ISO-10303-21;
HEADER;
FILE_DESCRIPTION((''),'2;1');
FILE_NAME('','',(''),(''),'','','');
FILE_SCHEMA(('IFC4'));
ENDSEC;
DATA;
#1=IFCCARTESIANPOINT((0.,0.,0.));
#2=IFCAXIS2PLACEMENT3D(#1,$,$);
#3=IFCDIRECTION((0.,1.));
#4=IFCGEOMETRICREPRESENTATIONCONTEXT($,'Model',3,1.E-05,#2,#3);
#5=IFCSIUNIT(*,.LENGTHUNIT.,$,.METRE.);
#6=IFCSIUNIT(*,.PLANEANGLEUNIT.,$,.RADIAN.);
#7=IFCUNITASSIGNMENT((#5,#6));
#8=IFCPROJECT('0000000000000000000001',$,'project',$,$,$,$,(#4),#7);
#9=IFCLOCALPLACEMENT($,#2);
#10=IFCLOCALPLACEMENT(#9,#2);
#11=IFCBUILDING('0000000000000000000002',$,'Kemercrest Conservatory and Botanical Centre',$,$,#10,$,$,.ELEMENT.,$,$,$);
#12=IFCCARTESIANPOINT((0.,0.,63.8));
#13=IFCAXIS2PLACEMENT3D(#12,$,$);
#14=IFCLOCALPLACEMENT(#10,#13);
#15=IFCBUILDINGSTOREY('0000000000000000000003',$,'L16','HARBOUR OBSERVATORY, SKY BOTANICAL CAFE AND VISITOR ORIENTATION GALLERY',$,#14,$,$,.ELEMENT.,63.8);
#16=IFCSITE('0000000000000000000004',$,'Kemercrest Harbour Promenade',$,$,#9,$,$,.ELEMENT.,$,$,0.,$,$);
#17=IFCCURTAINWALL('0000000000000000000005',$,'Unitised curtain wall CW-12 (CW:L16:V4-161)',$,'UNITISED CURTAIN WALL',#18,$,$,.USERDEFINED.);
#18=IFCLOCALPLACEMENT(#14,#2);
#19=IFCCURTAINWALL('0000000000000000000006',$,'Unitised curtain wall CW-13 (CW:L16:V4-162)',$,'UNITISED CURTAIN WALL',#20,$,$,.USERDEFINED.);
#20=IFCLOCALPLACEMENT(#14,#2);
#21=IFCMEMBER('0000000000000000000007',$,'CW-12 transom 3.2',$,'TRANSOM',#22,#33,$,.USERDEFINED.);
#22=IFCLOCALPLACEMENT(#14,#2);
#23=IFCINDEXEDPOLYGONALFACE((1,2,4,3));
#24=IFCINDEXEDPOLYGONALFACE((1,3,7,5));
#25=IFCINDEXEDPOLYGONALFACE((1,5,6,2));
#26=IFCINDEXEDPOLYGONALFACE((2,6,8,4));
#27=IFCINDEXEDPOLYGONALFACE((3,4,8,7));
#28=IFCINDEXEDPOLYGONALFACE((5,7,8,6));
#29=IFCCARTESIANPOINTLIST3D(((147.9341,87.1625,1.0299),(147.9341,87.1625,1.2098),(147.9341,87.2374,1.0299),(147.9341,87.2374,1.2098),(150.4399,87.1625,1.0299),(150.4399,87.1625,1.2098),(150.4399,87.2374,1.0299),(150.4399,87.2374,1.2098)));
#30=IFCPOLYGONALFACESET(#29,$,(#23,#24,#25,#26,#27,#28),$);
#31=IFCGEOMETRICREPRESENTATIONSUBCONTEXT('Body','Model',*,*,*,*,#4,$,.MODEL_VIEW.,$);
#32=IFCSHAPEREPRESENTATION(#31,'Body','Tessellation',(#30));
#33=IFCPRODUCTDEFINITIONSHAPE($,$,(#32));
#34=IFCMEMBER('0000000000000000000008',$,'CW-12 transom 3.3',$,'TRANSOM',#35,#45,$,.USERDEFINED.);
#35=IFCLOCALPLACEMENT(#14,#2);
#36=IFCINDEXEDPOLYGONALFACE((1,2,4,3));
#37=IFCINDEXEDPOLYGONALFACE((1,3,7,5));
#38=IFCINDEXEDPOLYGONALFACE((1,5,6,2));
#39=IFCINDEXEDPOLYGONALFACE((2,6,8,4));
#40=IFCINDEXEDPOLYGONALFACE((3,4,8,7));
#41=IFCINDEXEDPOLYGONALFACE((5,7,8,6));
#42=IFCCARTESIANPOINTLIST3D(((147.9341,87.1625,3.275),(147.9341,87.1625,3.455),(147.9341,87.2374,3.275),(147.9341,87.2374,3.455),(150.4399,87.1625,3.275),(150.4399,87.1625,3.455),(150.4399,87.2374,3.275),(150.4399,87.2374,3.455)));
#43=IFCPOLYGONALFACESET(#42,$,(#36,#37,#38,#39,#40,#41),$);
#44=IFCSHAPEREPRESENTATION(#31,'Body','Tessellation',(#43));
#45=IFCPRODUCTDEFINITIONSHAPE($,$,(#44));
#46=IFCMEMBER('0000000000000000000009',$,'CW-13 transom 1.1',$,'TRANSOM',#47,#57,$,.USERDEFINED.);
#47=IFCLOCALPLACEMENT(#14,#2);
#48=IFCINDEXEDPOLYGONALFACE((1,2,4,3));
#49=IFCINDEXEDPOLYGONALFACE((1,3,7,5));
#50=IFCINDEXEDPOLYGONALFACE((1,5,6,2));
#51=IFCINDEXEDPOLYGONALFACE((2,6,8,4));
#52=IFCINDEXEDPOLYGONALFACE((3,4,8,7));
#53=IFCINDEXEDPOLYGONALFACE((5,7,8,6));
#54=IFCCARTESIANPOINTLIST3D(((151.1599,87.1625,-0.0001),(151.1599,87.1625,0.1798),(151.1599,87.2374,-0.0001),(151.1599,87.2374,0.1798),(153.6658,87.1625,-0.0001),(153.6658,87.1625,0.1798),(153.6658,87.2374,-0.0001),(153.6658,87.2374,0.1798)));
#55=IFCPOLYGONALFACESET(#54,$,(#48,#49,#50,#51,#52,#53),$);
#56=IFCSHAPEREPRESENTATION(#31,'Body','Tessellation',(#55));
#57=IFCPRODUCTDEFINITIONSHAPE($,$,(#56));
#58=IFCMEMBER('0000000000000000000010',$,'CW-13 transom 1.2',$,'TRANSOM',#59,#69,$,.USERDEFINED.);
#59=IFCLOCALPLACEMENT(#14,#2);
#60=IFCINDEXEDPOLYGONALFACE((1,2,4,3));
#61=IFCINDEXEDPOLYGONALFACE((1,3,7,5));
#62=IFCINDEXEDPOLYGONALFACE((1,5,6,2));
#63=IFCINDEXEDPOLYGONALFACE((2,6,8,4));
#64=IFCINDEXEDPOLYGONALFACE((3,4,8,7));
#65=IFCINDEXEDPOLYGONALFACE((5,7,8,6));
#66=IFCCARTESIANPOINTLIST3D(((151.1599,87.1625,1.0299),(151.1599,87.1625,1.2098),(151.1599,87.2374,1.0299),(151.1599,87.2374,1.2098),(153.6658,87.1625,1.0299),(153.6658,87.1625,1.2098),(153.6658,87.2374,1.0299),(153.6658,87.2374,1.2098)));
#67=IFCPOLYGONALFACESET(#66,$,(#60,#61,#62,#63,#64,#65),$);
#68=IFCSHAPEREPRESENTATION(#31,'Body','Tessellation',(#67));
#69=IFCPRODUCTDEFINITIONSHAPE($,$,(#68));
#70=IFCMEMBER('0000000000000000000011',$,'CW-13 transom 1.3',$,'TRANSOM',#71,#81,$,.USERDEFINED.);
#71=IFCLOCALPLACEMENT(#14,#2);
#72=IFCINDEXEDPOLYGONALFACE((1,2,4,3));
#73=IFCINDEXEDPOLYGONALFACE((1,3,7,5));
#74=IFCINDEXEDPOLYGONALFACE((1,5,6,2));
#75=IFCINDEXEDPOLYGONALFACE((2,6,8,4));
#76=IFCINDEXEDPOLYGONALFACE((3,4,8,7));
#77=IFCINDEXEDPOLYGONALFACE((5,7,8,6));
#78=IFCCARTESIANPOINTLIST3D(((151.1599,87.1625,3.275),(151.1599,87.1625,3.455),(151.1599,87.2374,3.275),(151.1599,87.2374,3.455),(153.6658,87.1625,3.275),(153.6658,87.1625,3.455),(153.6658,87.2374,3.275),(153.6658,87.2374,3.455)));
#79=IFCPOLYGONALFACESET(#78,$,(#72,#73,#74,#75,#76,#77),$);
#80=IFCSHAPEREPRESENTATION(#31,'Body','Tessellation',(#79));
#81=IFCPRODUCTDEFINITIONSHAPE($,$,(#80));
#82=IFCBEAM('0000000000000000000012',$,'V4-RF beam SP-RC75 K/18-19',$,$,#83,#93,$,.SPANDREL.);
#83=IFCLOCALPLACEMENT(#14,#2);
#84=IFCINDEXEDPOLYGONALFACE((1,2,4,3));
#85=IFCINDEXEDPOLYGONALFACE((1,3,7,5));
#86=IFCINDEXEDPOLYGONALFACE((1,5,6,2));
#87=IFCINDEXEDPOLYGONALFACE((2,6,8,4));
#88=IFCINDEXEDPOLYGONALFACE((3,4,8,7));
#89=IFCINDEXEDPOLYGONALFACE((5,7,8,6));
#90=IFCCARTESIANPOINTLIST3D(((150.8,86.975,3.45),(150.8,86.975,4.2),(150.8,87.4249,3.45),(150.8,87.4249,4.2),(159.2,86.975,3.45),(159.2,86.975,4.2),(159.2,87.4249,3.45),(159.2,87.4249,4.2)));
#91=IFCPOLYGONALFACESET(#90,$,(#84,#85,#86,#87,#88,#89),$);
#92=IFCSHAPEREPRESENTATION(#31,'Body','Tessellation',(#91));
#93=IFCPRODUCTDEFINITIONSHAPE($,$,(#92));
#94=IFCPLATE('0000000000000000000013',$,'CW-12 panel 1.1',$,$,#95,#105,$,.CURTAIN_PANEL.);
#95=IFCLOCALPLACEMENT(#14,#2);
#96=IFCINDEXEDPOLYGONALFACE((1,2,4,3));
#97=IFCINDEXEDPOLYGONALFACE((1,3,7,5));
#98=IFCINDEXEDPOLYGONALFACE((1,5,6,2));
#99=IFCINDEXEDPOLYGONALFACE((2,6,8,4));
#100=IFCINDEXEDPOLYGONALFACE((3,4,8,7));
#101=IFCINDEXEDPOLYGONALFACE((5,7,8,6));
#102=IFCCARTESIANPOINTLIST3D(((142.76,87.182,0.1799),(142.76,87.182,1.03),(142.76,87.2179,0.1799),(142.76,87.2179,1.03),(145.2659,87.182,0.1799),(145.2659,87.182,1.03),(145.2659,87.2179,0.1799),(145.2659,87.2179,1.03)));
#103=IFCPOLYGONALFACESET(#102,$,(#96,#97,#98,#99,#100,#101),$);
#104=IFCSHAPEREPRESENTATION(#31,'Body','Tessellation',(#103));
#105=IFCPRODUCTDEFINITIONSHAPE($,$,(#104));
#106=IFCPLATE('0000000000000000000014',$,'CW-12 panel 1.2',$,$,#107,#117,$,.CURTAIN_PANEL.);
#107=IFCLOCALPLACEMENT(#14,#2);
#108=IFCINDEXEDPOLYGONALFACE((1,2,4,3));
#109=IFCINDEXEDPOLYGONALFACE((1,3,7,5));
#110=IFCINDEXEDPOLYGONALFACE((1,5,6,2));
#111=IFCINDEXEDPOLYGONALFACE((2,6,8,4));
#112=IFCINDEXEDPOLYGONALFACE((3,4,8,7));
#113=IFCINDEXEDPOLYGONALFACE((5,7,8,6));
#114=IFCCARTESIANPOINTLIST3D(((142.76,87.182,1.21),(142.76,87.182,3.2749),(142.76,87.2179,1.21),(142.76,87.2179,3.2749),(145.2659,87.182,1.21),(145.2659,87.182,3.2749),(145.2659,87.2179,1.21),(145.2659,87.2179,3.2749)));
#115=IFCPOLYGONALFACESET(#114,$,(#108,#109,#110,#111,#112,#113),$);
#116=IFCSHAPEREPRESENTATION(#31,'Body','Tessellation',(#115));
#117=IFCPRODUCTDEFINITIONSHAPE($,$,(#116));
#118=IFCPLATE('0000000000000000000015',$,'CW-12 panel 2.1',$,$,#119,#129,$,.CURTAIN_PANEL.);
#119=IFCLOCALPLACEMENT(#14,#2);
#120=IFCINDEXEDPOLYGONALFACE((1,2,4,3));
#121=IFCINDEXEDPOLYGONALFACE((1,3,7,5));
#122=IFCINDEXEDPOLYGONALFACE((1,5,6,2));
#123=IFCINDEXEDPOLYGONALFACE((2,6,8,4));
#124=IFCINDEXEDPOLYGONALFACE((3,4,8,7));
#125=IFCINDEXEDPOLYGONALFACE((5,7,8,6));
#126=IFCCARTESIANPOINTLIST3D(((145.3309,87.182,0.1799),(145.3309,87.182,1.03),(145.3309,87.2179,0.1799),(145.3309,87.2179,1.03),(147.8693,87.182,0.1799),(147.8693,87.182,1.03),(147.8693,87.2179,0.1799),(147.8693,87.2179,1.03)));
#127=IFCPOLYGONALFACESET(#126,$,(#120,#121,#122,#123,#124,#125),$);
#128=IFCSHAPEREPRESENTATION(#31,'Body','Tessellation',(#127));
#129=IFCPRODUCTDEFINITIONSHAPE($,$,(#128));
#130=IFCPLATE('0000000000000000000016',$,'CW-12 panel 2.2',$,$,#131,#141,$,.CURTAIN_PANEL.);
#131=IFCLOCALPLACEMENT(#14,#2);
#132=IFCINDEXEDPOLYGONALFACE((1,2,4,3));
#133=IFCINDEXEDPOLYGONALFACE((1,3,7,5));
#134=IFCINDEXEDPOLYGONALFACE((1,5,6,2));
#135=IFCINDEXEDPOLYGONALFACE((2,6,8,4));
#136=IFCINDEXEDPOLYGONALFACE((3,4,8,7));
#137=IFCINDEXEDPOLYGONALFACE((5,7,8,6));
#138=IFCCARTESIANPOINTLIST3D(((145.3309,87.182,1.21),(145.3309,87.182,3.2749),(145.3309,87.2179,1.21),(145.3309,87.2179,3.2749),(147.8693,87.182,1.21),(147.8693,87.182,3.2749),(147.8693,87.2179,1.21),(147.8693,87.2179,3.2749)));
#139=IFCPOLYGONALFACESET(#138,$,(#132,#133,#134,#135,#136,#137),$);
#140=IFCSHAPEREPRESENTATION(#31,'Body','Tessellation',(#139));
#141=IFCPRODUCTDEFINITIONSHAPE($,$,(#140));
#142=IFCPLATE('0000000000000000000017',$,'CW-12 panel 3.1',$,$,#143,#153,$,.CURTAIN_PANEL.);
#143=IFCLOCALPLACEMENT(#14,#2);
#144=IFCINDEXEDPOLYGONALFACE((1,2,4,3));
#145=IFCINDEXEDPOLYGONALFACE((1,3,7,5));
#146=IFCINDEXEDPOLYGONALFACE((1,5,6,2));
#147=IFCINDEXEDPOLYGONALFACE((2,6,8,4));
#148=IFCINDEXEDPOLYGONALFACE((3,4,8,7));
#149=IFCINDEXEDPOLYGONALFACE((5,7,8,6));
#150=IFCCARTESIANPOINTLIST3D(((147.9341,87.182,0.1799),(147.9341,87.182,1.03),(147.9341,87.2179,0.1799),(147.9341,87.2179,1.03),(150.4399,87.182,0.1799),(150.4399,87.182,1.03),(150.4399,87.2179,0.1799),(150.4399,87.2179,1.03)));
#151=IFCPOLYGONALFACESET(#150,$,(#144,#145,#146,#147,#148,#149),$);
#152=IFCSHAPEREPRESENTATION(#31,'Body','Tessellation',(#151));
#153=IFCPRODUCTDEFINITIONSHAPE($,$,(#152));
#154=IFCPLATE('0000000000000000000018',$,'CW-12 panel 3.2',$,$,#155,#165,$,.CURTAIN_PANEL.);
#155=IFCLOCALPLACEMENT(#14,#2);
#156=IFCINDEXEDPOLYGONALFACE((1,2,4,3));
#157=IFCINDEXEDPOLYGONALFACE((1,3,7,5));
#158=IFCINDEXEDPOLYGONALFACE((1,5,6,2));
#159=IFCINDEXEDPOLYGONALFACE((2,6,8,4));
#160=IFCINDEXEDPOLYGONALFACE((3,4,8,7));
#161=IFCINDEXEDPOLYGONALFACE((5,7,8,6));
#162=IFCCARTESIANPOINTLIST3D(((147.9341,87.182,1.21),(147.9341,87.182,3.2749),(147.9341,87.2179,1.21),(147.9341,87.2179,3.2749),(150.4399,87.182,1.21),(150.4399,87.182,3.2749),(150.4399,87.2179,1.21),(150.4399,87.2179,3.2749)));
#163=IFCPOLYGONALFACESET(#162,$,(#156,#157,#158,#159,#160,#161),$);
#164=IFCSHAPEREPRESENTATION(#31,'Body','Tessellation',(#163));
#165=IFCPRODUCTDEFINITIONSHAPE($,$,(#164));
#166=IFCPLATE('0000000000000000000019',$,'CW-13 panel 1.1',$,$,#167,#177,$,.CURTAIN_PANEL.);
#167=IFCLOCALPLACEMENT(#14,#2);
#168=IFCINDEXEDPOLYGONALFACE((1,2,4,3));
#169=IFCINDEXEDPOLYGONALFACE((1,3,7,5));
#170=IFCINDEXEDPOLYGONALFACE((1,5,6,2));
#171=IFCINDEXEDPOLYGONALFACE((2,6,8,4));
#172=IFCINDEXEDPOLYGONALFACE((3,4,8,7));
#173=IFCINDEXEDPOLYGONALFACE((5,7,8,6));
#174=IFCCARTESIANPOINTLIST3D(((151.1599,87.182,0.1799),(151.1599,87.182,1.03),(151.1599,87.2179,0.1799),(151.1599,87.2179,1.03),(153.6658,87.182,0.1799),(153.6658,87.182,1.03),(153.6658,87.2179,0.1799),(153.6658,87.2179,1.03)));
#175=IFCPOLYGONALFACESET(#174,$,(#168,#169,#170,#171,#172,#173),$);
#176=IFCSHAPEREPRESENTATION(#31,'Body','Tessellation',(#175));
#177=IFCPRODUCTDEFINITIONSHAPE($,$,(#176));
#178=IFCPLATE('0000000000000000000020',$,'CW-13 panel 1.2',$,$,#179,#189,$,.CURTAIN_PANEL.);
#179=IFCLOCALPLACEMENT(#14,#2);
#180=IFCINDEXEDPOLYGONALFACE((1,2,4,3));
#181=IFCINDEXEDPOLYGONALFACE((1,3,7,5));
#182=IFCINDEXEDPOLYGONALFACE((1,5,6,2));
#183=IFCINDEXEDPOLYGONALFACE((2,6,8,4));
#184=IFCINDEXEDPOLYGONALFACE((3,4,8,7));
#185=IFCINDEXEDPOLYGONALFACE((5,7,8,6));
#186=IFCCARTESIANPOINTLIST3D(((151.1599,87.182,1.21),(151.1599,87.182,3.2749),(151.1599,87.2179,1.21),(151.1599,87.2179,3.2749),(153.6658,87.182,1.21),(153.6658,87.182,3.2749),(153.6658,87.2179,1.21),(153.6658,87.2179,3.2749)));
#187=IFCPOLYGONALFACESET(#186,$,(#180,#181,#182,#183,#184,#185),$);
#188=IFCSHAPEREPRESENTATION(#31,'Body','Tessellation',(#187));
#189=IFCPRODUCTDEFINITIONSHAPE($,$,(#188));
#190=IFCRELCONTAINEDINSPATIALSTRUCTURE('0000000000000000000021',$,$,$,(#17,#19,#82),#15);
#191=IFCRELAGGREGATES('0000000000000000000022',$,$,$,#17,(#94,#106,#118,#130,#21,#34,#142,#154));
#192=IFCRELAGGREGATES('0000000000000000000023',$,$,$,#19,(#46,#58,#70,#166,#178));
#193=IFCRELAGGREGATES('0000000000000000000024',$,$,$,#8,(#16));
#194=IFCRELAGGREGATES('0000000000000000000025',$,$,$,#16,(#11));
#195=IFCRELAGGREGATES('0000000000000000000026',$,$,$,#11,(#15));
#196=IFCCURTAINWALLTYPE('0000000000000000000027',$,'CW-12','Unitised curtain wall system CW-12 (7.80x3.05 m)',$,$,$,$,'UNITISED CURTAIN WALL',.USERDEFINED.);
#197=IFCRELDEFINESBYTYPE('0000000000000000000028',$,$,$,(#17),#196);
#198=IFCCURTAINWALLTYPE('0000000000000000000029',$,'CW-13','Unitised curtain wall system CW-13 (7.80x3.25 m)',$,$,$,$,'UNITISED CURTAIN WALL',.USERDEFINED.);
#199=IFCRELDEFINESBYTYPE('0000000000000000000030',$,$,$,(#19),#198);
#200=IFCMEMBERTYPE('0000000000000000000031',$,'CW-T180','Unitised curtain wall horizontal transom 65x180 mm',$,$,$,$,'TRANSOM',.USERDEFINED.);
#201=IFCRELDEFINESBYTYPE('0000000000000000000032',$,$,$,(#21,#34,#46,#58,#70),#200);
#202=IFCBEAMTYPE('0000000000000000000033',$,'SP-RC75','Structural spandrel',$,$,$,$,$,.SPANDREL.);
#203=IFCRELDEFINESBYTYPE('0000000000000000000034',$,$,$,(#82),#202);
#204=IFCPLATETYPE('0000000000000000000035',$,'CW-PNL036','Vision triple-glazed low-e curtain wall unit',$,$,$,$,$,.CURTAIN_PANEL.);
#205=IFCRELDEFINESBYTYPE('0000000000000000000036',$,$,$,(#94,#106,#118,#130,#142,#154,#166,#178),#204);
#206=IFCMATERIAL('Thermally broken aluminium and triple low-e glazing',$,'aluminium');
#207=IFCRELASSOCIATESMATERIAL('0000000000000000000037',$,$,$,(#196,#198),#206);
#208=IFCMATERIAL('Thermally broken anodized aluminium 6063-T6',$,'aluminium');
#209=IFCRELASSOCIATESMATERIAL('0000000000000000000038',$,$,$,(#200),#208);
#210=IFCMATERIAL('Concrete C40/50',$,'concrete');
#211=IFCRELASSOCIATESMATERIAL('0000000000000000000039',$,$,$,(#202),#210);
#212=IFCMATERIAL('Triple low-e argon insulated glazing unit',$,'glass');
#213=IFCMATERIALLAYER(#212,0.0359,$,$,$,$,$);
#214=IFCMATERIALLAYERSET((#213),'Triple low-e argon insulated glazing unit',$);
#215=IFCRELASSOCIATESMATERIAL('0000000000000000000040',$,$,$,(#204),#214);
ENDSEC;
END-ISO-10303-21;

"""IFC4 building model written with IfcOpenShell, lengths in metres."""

from ifc_helpers import new_model, si_unit, direction, frame, origin, origin_2d, place, context, subcontext, project, spatial, rectangle, extrude, material, layer, layer_set, material_profile, profile_set, type_object, element, aggregate, save


model = new_model("IFC4")

# Units and contexts
model_context = context("Model", 3, precision=1e-05, world=origin(), true_north=direction((0.0, 1.0)))
body_context = subcontext(model_context, "Body", "Model", "MODEL_VIEW")
ifc_project = project(units=[si_unit("LENGTHUNIT", "METRE"), si_unit("PLANEANGLEUNIT", "RADIAN")], contexts=[model_context])

# Site, building, storey
site_placement = place(None, origin())
site = spatial("IfcSite", under=ifc_project, at=site_placement, Name="Kemercrest Harbour Promenade", CompositionType="ELEMENT", RefElevation=0.0)
building_placement = place(site_placement, origin())
building = spatial("IfcBuilding", under=site, at=building_placement, Name="Kemercrest Conservatory and Botanical Centre", CompositionType="ELEMENT")
storey_placement = place(building_placement, frame((0.0, 0.0, 63.8)))
storey = spatial("IfcBuildingStorey", under=building, at=storey_placement, Name="L16", Description="HARBOUR OBSERVATORY, SKY BOTANICAL CAFE AND VISITOR ORIENTATION GALLERY", CompositionType="ELEMENT", Elevation=63.8)

# Shared definitions
ifc_material_1 = material(Name="Concrete C40/50", Category="concrete")

# Curtain wall
ifc_material_2 = material(Name="Thermally broken aluminium and triple low-e glazing", Category="aluminium")
curtain_wall_type_1 = type_object("IfcCurtainWallType", Name="CW-12", Description="Unitised curtain wall system CW-12 (7.80x3.05 m)", ElementType="UNITISED CURTAIN WALL", PredefinedType="USERDEFINED", material=ifc_material_2)
curtain_wall_1_placement = place(storey_placement, origin())
curtain_wall_1 = element("IfcCurtainWall", 1, at=curtain_wall_1_placement, inside=storey, type_object=curtain_wall_type_1, Name="Unitised curtain wall CW-12 (CW:L16:V4-161)", ObjectType="UNITISED CURTAIN WALL", PredefinedType="USERDEFINED")
ifc_material_3 = material(Name="Thermally broken anodized aluminium 6063-T6", Category="aluminium")

# Curtain wall
curtain_wall_type_2 = type_object("IfcCurtainWallType", Name="CW-13", Description="Unitised curtain wall system CW-13 (7.80x3.25 m)", ElementType="UNITISED CURTAIN WALL", PredefinedType="USERDEFINED", material=ifc_material_2)
curtain_wall_2_placement = place(storey_placement, origin())
curtain_wall_2 = element("IfcCurtainWall", 2, at=curtain_wall_2_placement, inside=storey, type_object=curtain_wall_type_2, Name="Unitised curtain wall CW-13 (CW:L16:V4-162)", ObjectType="UNITISED CURTAIN WALL", PredefinedType="USERDEFINED")

# Members
ifc_material_profile_1 = material_profile(ifc_material_3, rectangle(XDim=0.075, YDim=0.1799, at=origin_2d()), Name="AL TRANSOM 75x180")
ifc_profile_set_1 = profile_set([ifc_material_profile_1], Name="Thermally broken anodized aluminium 6063-T6")
member_type_1 = type_object("IfcMemberType", Name="CW-T180", Description="Unitised curtain wall horizontal transom 65x180 mm", ElementType="TRANSOM", PredefinedType="USERDEFINED", material=ifc_profile_set_1)
member_1_placement = place(storey_placement, frame((147.9341, 87.2, 1.1199), z_axis=(1.0, 0.0, 0.0), x_axis=(0.0, 1.0, 0.0)))
member_1 = element("IfcMember", 3, at=member_1_placement, type_object=member_type_1, Name="CW-12 transom 3.2", ObjectType="TRANSOM", PredefinedType="USERDEFINED", context=body_context, shape_type="SweptSolid", body=[
    extrude(rectangle(XDim=0.075, YDim=0.1799, at=origin_2d()), origin(), (0.0, 0.0, 1.0), 2.5059),
])
member_2_placement = place(storey_placement, frame((147.9341, 87.2, 3.365), z_axis=(1.0, 0.0, 0.0), x_axis=(0.0, 1.0, 0.0)))
member_2 = element("IfcMember", 4, at=member_2_placement, type_object=member_type_1, Name="CW-12 transom 3.3", ObjectType="TRANSOM", PredefinedType="USERDEFINED", context=body_context, shape_type="SweptSolid", body=[
    extrude(rectangle(XDim=0.075, YDim=0.1799, at=origin_2d()), origin(), (0.0, 0.0, 1.0), 2.5059),
])
member_3_placement = place(storey_placement, frame((151.1599, 87.2, 0.0898), z_axis=(1.0, 0.0, 0.0), x_axis=(0.0, 1.0, 0.0)))
member_3 = element("IfcMember", 5, at=member_3_placement, type_object=member_type_1, Name="CW-13 transom 1.1", ObjectType="TRANSOM", PredefinedType="USERDEFINED", context=body_context, shape_type="SweptSolid", body=[
    extrude(rectangle(XDim=0.075, YDim=0.1799, at=origin_2d()), origin(), (0.0, 0.0, 1.0), 2.5059),
])
member_4_placement = place(storey_placement, frame((151.1599, 87.2, 1.1199), z_axis=(1.0, 0.0, 0.0), x_axis=(0.0, 1.0, 0.0)))
member_4 = element("IfcMember", 6, at=member_4_placement, type_object=member_type_1, Name="CW-13 transom 1.2", ObjectType="TRANSOM", PredefinedType="USERDEFINED", context=body_context, shape_type="SweptSolid", body=[
    extrude(rectangle(XDim=0.075, YDim=0.1799, at=origin_2d()), origin(), (0.0, 0.0, 1.0), 2.5059),
])
member_5_placement = place(storey_placement, frame((151.1599, 87.2, 3.365), z_axis=(1.0, 0.0, 0.0), x_axis=(0.0, 1.0, 0.0)))
member_5 = element("IfcMember", 7, at=member_5_placement, type_object=member_type_1, Name="CW-13 transom 1.3", ObjectType="TRANSOM", PredefinedType="USERDEFINED", context=body_context, shape_type="SweptSolid", body=[
    extrude(rectangle(XDim=0.075, YDim=0.1799, at=origin_2d()), origin(), (0.0, 0.0, 1.0), 2.5059),
])

# Beam
ifc_material_profile_2 = material_profile(ifc_material_1, rectangle(XDim=0.45, YDim=0.75, at=origin_2d()), Name="RC 450x750")
ifc_profile_set_2 = profile_set([ifc_material_profile_2], Name="Concrete C40/50")
beam_type_1 = type_object("IfcBeamType", Name="SP-RC75", Description="Structural spandrel", PredefinedType="SPANDREL", material=ifc_profile_set_2)
beam_1_placement = place(storey_placement, frame((150.8, 87.2, 3.825), z_axis=(1.0, 0.0, 0.0), x_axis=(0.0, 1.0, 0.0)))
element("IfcBeam", 8, at=beam_1_placement, inside=storey, type_object=beam_type_1, Name="V4-RF beam SP-RC75 K/18-19", PredefinedType="SPANDREL", context=body_context, shape_type="SweptSolid", body=[
    extrude(rectangle(XDim=0.45, YDim=0.75, at=origin_2d()), origin(), (0.0, 0.0, 1.0), 8.3999),
])

# Plates
ifc_material_4 = material(Name="Triple low-e argon insulated glazing unit", Category="glass")
ifc_layer = layer(ifc_material_4, 0.0359)
ifc_layer_set = layer_set([ifc_layer], Name="Triple low-e argon insulated glazing unit")
plate_type = type_object("IfcPlateType", Name="CW-PNL036", Description="Vision triple-glazed low-e curtain wall unit", PredefinedType="CURTAIN_PANEL", material=ifc_layer_set)
plate_1_placement = place(storey_placement, frame((144.0129, 87.2, 0.1799), z_axis=(0.0, 0.0, 1.0), x_axis=(1.0, 0.0, 0.0)))
plate_1 = element("IfcPlate", 9, at=plate_1_placement, type_object=plate_type, Name="CW-12 panel 1.1", PredefinedType="CURTAIN_PANEL", context=body_context, shape_type="SweptSolid", body=[
    extrude(rectangle(XDim=2.5059, YDim=0.0359, at=origin_2d()), origin(), (0.0, 0.0, 1.0), 0.8501),
])
plate_2_placement = place(storey_placement, frame((144.0129, 87.2, 1.21), z_axis=(0.0, 0.0, 1.0), x_axis=(1.0, 0.0, 0.0)))
plate_2 = element("IfcPlate", 10, at=plate_2_placement, type_object=plate_type, Name="CW-12 panel 1.2", PredefinedType="CURTAIN_PANEL", context=body_context, shape_type="SweptSolid", body=[
    extrude(rectangle(XDim=2.5059, YDim=0.0359, at=origin_2d()), origin(), (0.0, 0.0, 1.0), 2.0649),
])
plate_3_placement = place(storey_placement, frame((146.6001, 87.2, 0.1799), z_axis=(0.0, 0.0, 1.0), x_axis=(1.0, 0.0, 0.0)))
plate_3 = element("IfcPlate", 11, at=plate_3_placement, type_object=plate_type, Name="CW-12 panel 2.1", PredefinedType="CURTAIN_PANEL", context=body_context, shape_type="SweptSolid", body=[
    extrude(rectangle(XDim=2.5383, YDim=0.0359, at=origin_2d()), origin(), (0.0, 0.0, 1.0), 0.8501),
])
plate_4_placement = place(storey_placement, frame((146.6001, 87.2, 1.21), z_axis=(0.0, 0.0, 1.0), x_axis=(1.0, 0.0, 0.0)))
plate_4 = element("IfcPlate", 12, at=plate_4_placement, type_object=plate_type, Name="CW-12 panel 2.2", PredefinedType="CURTAIN_PANEL", context=body_context, shape_type="SweptSolid", body=[
    extrude(rectangle(XDim=2.5383, YDim=0.0359, at=origin_2d()), origin(), (0.0, 0.0, 1.0), 2.0649),
])
plate_5_placement = place(storey_placement, frame((149.187, 87.2, 0.1799), z_axis=(0.0, 0.0, 1.0), x_axis=(1.0, 0.0, 0.0)))
plate_5 = element("IfcPlate", 13, at=plate_5_placement, type_object=plate_type, Name="CW-12 panel 3.1", PredefinedType="CURTAIN_PANEL", context=body_context, shape_type="SweptSolid", body=[
    extrude(rectangle(XDim=2.5059, YDim=0.0359, at=origin_2d()), origin(), (0.0, 0.0, 1.0), 0.8501),
])
plate_6_placement = place(storey_placement, frame((149.187, 87.2, 1.21), z_axis=(0.0, 0.0, 1.0), x_axis=(1.0, 0.0, 0.0)))
plate_6 = element("IfcPlate", 14, at=plate_6_placement, type_object=plate_type, Name="CW-12 panel 3.2", PredefinedType="CURTAIN_PANEL", context=body_context, shape_type="SweptSolid", body=[
    extrude(rectangle(XDim=2.5059, YDim=0.0359, at=origin_2d()), origin(), (0.0, 0.0, 1.0), 2.0649),
])
aggregate(curtain_wall_1, [plate_1, plate_2, plate_3, plate_4, member_1, member_2, plate_5, plate_6])
plate_7_placement = place(storey_placement, frame((152.4128, 87.2, 0.1799), z_axis=(0.0, 0.0, 1.0), x_axis=(1.0, 0.0, 0.0)))
plate_7 = element("IfcPlate", 15, at=plate_7_placement, type_object=plate_type, Name="CW-13 panel 1.1", PredefinedType="CURTAIN_PANEL", context=body_context, shape_type="SweptSolid", body=[
    extrude(rectangle(XDim=2.5059, YDim=0.0359, at=origin_2d()), origin(), (0.0, 0.0, 1.0), 0.8501),
])
plate_8_placement = place(storey_placement, frame((152.4128, 87.2, 1.21), z_axis=(0.0, 0.0, 1.0), x_axis=(1.0, 0.0, 0.0)))
plate_8 = element("IfcPlate", 16, at=plate_8_placement, type_object=plate_type, Name="CW-13 panel 1.2", PredefinedType="CURTAIN_PANEL", context=body_context, shape_type="SweptSolid", body=[
    extrude(rectangle(XDim=2.5059, YDim=0.0359, at=origin_2d()), origin(), (0.0, 0.0, 1.0), 2.0649),
])
aggregate(curtain_wall_2, [member_3, member_4, member_5, plate_7, plate_8])

save(model, "model.ifc")
